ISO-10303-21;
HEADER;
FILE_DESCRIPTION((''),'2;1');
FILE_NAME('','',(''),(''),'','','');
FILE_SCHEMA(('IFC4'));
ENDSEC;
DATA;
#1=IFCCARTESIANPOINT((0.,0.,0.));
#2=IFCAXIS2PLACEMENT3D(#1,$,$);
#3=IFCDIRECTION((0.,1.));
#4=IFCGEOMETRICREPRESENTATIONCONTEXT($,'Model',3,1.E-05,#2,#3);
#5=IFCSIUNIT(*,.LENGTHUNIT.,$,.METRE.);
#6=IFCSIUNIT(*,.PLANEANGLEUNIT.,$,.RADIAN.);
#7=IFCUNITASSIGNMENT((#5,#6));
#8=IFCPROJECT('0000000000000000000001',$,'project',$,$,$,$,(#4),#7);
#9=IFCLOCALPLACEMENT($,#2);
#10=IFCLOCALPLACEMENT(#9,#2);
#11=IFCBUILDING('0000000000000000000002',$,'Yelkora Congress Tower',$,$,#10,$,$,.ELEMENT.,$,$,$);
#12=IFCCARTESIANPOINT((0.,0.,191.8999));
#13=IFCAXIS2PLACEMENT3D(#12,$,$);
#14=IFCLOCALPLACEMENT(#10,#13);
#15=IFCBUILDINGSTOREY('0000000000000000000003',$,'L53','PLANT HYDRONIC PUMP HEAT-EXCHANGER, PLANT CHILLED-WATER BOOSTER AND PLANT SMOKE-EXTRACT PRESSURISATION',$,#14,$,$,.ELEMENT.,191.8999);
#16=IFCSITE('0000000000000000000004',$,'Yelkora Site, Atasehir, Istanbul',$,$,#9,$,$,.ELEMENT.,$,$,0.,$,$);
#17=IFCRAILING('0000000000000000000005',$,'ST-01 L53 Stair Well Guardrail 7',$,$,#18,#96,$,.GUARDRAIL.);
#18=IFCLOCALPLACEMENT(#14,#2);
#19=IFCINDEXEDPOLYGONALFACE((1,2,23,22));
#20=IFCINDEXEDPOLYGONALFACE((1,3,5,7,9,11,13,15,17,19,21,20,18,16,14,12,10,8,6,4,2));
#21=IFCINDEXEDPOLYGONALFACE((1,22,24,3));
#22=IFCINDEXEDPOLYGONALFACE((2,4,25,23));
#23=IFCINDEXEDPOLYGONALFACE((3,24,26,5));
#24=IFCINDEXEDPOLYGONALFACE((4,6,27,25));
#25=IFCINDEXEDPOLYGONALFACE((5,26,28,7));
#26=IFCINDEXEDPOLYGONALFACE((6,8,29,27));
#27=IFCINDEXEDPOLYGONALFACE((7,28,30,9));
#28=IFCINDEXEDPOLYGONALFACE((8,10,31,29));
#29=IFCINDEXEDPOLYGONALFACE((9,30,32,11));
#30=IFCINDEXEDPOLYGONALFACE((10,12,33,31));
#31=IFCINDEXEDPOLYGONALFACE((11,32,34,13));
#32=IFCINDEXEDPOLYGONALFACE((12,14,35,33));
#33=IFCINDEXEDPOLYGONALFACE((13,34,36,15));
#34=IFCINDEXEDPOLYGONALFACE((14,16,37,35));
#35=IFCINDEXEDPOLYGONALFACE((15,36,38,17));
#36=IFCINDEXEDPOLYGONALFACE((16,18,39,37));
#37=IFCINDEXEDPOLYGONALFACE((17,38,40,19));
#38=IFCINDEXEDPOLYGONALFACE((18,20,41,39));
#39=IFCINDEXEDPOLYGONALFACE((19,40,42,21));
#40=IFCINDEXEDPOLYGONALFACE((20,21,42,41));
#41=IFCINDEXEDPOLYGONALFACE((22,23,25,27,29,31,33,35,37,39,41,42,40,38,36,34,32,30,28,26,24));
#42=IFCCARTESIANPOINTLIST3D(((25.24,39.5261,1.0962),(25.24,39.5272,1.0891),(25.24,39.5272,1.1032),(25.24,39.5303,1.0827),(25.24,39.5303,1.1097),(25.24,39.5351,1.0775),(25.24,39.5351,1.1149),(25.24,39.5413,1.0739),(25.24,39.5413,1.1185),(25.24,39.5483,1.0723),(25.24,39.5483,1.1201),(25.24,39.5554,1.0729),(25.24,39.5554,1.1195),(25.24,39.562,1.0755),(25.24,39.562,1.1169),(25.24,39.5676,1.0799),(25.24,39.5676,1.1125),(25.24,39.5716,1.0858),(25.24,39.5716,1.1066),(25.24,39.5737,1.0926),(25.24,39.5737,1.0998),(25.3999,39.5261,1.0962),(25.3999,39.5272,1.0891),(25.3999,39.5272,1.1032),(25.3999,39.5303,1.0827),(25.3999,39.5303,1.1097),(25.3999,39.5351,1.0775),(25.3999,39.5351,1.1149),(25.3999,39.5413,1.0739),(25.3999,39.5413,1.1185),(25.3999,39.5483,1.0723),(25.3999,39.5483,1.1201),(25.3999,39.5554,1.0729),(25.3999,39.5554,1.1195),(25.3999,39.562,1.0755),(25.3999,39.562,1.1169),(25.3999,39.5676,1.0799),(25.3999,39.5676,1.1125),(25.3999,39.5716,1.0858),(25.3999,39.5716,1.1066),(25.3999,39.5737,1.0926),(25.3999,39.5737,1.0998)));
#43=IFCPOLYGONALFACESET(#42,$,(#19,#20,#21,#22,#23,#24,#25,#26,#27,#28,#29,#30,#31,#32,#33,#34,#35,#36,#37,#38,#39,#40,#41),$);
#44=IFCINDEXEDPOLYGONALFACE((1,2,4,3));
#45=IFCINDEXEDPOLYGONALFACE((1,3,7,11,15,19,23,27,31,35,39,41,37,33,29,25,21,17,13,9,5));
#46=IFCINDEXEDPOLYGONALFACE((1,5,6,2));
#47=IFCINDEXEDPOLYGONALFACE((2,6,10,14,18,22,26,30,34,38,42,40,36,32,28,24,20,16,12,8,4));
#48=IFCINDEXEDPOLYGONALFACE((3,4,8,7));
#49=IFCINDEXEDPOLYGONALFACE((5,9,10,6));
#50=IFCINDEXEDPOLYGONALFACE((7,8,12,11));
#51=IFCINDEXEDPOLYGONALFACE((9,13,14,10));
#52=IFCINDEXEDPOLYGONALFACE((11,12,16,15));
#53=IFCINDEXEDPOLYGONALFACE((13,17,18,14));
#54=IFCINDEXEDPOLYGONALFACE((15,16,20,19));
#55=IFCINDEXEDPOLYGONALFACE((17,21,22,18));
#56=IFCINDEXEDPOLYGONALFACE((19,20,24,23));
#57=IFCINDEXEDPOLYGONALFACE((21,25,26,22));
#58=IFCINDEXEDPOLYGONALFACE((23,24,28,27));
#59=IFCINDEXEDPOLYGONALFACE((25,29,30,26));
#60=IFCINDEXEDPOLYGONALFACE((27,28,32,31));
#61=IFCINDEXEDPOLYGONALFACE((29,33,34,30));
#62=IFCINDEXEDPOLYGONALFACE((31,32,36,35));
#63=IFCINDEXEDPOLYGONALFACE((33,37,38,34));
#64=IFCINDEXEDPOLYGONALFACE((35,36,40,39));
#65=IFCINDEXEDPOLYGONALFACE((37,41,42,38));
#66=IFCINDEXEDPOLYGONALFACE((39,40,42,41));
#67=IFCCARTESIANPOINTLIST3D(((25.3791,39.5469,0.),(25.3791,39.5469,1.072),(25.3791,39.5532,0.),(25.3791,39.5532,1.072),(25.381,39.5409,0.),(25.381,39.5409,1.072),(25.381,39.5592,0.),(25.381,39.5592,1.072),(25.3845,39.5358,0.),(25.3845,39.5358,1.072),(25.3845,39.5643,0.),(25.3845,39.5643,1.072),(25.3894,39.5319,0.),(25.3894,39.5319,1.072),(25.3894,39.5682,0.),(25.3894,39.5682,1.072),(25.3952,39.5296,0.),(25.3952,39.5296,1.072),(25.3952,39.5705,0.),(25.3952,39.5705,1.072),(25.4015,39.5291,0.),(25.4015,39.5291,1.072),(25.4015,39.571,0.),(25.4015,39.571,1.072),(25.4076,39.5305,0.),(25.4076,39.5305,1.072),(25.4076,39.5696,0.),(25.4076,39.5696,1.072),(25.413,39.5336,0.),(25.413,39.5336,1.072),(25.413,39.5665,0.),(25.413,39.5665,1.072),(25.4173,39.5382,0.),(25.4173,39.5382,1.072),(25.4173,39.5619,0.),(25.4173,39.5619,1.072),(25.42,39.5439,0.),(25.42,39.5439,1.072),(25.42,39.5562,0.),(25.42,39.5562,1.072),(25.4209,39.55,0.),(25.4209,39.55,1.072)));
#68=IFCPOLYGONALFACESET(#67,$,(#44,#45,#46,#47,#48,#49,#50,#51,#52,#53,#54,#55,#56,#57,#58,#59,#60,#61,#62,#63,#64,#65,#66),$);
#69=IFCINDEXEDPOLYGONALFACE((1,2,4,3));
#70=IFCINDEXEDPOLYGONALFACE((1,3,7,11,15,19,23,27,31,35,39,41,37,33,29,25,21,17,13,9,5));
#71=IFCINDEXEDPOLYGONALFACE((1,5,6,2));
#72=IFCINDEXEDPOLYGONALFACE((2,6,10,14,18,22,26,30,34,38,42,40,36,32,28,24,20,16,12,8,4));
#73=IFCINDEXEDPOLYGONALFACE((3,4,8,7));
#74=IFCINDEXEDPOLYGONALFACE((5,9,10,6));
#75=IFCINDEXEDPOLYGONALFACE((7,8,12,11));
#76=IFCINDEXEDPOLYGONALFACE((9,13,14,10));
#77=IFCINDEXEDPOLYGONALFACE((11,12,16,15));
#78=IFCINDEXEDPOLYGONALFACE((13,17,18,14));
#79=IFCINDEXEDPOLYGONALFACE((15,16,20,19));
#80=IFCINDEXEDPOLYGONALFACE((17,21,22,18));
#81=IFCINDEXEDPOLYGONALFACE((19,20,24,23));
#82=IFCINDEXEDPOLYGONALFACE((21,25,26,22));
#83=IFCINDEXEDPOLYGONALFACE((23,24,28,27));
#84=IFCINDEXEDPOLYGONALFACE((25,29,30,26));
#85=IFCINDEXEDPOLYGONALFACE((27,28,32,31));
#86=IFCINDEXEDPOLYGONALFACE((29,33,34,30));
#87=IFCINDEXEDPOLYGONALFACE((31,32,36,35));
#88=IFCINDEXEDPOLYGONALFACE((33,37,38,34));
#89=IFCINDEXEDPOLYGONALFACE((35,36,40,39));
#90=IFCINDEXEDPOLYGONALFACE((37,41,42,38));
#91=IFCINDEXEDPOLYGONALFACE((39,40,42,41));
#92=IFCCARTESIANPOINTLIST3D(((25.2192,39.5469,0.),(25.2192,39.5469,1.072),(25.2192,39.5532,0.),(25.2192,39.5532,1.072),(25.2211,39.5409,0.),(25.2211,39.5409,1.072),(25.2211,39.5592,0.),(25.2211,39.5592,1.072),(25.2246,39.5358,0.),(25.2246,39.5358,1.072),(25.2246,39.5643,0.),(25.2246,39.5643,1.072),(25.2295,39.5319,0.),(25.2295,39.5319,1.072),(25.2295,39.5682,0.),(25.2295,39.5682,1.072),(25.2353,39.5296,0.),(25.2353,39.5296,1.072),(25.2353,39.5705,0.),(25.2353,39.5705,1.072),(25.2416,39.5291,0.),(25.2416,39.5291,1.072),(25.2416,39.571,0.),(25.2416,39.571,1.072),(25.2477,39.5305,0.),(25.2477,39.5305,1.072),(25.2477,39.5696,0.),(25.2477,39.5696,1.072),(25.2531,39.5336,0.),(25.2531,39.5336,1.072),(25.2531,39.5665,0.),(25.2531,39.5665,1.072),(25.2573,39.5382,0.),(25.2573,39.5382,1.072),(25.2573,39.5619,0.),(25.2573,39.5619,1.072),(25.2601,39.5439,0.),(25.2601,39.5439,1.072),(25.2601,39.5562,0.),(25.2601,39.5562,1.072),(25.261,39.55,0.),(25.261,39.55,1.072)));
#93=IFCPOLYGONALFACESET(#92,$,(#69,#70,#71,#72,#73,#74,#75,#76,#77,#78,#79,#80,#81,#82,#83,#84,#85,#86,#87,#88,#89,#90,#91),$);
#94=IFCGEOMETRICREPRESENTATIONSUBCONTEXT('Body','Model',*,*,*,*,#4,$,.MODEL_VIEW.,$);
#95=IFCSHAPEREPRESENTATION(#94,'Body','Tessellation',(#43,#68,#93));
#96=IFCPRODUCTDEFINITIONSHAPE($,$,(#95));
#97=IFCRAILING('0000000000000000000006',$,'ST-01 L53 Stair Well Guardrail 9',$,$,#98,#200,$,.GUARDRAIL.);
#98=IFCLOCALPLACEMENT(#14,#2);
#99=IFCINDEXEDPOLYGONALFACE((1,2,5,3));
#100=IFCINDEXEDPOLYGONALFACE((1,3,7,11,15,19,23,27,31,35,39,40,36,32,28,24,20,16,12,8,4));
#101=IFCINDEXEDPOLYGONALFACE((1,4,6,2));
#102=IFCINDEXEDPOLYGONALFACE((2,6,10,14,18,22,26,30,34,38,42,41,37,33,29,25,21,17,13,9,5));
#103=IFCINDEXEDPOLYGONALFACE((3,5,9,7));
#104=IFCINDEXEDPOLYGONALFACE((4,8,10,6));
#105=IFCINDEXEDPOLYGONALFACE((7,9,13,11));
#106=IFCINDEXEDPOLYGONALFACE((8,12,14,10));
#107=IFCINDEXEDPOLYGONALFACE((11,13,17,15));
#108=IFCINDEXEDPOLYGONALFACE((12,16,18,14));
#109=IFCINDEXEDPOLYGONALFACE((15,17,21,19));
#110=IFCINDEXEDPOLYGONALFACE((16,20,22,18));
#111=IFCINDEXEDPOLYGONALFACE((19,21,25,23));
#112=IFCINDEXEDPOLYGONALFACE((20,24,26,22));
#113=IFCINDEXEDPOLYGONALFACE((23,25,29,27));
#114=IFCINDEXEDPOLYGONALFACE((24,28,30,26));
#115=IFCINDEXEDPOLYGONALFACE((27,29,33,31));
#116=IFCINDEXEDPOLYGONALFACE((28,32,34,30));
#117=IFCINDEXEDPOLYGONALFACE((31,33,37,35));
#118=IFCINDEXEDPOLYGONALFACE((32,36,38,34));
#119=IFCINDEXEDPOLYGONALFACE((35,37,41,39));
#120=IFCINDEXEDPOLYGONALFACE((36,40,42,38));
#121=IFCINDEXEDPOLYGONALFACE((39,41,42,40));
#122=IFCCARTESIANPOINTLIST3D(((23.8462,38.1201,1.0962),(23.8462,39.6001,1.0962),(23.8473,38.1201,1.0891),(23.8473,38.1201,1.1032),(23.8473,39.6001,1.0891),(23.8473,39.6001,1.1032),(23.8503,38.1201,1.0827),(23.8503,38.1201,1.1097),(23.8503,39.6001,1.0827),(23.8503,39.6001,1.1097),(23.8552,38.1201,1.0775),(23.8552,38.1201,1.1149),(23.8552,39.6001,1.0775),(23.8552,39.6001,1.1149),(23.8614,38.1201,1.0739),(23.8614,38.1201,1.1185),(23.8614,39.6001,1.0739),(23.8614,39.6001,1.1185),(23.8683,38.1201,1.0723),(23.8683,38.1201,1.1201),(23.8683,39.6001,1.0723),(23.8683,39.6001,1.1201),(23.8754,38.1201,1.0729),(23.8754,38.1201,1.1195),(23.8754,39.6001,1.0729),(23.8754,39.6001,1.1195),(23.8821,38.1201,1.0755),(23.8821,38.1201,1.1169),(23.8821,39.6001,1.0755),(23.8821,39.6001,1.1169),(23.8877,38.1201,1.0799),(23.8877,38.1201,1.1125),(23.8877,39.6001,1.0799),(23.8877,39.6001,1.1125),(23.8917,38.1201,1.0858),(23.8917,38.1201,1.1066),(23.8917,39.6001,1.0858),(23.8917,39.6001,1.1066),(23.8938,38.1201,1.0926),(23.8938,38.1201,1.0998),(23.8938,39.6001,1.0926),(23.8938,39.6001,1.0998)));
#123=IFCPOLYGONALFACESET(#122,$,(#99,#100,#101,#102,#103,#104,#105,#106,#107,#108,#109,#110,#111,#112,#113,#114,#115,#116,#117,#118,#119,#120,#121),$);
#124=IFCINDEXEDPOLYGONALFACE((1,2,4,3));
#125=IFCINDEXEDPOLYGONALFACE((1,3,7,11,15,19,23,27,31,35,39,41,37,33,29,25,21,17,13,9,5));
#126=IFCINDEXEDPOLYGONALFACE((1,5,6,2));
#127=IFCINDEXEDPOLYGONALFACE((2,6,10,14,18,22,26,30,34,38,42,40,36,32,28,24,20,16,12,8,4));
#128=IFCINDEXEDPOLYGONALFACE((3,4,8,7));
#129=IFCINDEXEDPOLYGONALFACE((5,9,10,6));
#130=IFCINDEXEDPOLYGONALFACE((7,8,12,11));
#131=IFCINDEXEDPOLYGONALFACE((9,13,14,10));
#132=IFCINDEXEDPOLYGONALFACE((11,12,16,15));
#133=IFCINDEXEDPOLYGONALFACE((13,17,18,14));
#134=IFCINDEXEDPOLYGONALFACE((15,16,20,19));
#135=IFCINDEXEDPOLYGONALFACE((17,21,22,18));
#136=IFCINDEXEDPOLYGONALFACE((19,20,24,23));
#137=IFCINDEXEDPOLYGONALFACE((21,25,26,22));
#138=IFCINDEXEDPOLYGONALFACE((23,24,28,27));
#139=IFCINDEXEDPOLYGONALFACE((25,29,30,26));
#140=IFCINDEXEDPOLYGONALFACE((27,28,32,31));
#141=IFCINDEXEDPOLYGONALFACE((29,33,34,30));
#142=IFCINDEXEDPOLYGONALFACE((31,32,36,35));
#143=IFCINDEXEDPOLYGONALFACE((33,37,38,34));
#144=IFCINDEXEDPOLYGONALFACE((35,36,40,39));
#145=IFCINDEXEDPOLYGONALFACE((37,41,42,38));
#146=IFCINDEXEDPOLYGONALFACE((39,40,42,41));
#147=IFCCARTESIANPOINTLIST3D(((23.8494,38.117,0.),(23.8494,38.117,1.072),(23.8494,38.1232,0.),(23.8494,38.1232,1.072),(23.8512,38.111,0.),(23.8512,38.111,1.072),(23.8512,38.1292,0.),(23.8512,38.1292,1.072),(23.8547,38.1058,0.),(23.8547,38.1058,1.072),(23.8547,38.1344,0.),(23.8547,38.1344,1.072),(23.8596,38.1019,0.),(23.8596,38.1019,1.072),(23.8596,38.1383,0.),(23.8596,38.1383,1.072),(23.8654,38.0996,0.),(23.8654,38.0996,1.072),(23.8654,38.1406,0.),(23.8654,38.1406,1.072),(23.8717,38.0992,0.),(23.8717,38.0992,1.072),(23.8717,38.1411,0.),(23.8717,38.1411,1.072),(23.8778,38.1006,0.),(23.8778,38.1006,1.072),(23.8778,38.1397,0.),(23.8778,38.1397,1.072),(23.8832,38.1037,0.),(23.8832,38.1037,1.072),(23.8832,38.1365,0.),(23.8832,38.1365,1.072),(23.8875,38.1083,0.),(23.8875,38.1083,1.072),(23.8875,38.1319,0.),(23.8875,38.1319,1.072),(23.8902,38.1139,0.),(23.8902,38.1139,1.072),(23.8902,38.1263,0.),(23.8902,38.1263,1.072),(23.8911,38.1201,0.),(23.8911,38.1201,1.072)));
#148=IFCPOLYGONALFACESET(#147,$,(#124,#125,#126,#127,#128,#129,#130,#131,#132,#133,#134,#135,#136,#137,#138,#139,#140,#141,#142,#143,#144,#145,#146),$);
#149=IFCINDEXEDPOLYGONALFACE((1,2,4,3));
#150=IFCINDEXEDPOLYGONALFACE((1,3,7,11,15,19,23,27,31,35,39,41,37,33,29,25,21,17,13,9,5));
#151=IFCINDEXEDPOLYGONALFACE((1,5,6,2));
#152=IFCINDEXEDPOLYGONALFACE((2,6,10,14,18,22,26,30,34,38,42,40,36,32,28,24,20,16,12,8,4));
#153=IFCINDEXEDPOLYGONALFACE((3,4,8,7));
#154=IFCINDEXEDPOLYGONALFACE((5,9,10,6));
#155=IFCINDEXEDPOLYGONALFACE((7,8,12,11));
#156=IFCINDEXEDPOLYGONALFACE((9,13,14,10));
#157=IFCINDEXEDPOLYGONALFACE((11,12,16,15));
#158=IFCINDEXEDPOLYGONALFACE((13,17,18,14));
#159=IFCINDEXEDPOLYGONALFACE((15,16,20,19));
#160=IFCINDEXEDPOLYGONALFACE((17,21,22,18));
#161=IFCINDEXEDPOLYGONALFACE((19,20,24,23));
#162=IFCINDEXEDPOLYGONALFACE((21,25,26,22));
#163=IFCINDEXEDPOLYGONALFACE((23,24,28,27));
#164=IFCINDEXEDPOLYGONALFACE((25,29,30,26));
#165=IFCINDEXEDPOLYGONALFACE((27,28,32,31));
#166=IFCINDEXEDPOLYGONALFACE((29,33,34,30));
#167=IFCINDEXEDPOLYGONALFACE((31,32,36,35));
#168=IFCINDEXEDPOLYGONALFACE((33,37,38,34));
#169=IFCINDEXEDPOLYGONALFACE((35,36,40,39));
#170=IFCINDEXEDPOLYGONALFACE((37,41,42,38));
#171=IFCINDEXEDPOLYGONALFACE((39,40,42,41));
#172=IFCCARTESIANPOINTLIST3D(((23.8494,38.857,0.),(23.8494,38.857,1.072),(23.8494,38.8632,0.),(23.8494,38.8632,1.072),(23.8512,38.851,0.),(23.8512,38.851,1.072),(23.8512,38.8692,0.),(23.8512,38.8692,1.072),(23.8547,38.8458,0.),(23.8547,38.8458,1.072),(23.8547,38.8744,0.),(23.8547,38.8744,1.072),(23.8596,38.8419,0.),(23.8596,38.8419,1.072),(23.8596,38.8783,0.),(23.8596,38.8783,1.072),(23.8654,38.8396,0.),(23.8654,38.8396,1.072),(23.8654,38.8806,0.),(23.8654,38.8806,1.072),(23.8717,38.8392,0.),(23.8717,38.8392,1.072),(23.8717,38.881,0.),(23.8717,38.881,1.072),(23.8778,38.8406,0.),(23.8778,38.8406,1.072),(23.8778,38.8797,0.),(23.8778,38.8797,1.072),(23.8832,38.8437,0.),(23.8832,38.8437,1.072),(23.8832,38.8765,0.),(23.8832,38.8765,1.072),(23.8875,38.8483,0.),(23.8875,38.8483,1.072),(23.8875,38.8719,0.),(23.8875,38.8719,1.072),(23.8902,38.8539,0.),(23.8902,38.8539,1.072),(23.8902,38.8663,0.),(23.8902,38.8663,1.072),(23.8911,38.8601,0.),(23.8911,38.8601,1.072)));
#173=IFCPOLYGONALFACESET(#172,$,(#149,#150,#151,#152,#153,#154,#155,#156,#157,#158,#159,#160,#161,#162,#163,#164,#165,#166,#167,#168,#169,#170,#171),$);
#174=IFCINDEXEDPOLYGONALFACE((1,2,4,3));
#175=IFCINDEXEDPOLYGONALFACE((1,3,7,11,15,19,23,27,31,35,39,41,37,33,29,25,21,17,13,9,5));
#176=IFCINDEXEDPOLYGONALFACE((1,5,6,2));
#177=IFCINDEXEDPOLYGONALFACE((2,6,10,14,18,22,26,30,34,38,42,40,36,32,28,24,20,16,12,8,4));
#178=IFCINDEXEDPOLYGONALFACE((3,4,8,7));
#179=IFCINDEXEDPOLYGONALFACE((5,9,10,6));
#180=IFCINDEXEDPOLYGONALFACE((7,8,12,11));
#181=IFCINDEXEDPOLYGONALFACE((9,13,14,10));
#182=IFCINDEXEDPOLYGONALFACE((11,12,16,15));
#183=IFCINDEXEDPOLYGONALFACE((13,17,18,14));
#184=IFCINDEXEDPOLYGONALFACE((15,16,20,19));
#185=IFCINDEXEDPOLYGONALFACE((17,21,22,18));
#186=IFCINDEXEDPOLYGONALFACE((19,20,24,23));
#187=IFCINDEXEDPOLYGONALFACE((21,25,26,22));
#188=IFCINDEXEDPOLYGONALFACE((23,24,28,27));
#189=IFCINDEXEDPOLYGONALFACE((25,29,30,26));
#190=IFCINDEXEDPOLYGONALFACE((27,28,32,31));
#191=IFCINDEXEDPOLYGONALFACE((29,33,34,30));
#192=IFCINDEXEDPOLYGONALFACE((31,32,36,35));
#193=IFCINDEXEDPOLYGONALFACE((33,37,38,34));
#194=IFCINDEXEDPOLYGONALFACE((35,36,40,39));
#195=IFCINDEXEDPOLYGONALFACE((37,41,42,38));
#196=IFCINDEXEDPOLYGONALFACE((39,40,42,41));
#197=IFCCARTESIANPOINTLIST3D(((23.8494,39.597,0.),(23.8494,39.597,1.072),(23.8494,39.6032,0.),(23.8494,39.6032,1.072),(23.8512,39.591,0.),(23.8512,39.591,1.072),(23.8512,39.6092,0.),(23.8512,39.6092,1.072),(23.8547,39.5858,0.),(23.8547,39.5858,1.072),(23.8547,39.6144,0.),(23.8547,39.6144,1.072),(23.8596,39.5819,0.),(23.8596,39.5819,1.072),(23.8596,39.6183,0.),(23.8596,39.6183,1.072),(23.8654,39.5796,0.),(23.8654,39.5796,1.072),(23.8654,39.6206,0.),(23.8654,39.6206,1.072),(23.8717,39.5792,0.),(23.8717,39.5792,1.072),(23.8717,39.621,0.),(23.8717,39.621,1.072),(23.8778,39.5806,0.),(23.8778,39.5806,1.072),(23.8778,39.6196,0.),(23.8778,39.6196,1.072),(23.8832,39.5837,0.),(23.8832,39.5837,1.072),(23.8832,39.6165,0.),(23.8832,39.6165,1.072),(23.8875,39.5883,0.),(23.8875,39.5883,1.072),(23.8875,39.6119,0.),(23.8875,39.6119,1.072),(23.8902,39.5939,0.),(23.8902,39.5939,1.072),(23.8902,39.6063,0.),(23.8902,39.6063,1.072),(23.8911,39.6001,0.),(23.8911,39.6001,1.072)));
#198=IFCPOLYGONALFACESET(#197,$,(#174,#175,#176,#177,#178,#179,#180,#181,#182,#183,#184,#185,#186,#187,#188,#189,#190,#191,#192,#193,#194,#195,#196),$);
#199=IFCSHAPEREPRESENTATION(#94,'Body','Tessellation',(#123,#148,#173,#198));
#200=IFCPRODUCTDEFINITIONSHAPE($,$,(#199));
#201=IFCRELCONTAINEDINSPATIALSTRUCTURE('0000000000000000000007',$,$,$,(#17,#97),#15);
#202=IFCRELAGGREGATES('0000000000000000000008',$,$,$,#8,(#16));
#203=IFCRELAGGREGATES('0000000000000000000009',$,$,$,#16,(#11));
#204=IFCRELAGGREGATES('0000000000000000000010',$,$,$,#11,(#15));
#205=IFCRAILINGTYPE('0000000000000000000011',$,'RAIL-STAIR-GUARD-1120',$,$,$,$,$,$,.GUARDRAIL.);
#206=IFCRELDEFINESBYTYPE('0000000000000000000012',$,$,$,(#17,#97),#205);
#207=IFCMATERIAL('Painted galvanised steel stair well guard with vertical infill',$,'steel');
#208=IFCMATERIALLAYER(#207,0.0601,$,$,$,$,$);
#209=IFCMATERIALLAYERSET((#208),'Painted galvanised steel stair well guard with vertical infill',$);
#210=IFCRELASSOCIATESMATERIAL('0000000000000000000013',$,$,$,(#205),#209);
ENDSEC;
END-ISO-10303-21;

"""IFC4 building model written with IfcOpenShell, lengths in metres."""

from ifc_helpers import new_model, si_unit, direction, frame, origin, origin_2d, place, context, subcontext, project, spatial, circle, extrude, material, layer, layer_set, type_object, element, save


model = new_model("IFC4")

# Units and contexts
model_context = context("Model", 3, precision=1e-05, world=origin(), true_north=direction((0.0, 1.0)))
body_context = subcontext(model_context, "Body", "Model", "MODEL_VIEW")
ifc_project = project(units=[si_unit("LENGTHUNIT", "METRE"), si_unit("PLANEANGLEUNIT", "RADIAN")], contexts=[model_context])

# Site, building, storey
site_placement = place(None, origin())
site = spatial("IfcSite", under=ifc_project, at=site_placement, Name="Yelkora Site, Atasehir, Istanbul", CompositionType="ELEMENT", RefElevation=0.0)
building_placement = place(site_placement, origin())
building = spatial("IfcBuilding", under=site, at=building_placement, Name="Yelkora Congress Tower", CompositionType="ELEMENT")
storey_placement = place(building_placement, frame((0.0, 0.0, 191.8999)))
storey = spatial("IfcBuildingStorey", under=building, at=storey_placement, Name="L53", Description="PLANT HYDRONIC PUMP HEAT-EXCHANGER, PLANT CHILLED-WATER BOOSTER AND PLANT SMOKE-EXTRACT PRESSURISATION", CompositionType="ELEMENT", Elevation=191.8999)

# Railings
ifc_material_1 = material(Name="Painted galvanised steel stair well guard with vertical infill", Category="steel")
ifc_layer_1 = layer(ifc_material_1, 0.0601)
ifc_layer_set_1 = layer_set([ifc_layer_1], Name="Painted galvanised steel stair well guard with vertical infill")
railing_type_1 = type_object("IfcRailingType", Name="RAIL-STAIR-GUARD-1120", PredefinedType="GUARDRAIL", material=ifc_layer_set_1)
railing_1_placement = place(storey_placement, frame((25.3999, 39.55, 0.0)))
element("IfcRailing", 1, at=railing_1_placement, inside=storey, type_object=railing_type_1, Name="ST-01 L53 Stair Well Guardrail 7", PredefinedType="GUARDRAIL", context=body_context, shape_type="SweptSolid", body=[
    extrude(circle(Radius=0.0239, at=origin_2d()), frame((0.0, 0.0, 1.0962), z_axis=(-1.0, 0.0, 0.0), x_axis=(0.0, -1.0, 0.0)), (0.0, 0.0, 1.0), 0.1599),
    extrude(circle(Radius=0.021, at=origin_2d()), origin(), (0.0, 0.0, 1.0), 1.072),
    extrude(circle(Radius=0.021, at=origin_2d()), frame((-0.1599, 0.0, 0.0)), (0.0, 0.0, 1.0), 1.072),
])
railing_2_placement = place(storey_placement, frame((23.8701, 38.1201, 0.0)))
element("IfcRailing", 2, at=railing_2_placement, inside=storey, type_object=railing_type_1, Name="ST-01 L53 Stair Well Guardrail 9", PredefinedType="GUARDRAIL", context=body_context, shape_type="SweptSolid", body=[
    extrude(circle(Radius=0.0239, at=origin_2d()), frame((0.0, 0.0, 1.0962), z_axis=(0.0, 1.0, 0.0), x_axis=(-1.0, 0.0, 0.0)), (0.0, 0.0, 1.0), 1.48),
    extrude(circle(Radius=0.021, at=origin_2d()), origin(), (0.0, 0.0, 1.0), 1.072),
    extrude(circle(Radius=0.021, at=origin_2d()), frame((0.0, 0.74, 0.0)), (0.0, 0.0, 1.0), 1.072),
    extrude(circle(Radius=0.021, at=origin_2d()), frame((0.0, 1.48, 0.0)), (0.0, 0.0, 1.0), 1.072),
])

save(model, "model.ifc")
